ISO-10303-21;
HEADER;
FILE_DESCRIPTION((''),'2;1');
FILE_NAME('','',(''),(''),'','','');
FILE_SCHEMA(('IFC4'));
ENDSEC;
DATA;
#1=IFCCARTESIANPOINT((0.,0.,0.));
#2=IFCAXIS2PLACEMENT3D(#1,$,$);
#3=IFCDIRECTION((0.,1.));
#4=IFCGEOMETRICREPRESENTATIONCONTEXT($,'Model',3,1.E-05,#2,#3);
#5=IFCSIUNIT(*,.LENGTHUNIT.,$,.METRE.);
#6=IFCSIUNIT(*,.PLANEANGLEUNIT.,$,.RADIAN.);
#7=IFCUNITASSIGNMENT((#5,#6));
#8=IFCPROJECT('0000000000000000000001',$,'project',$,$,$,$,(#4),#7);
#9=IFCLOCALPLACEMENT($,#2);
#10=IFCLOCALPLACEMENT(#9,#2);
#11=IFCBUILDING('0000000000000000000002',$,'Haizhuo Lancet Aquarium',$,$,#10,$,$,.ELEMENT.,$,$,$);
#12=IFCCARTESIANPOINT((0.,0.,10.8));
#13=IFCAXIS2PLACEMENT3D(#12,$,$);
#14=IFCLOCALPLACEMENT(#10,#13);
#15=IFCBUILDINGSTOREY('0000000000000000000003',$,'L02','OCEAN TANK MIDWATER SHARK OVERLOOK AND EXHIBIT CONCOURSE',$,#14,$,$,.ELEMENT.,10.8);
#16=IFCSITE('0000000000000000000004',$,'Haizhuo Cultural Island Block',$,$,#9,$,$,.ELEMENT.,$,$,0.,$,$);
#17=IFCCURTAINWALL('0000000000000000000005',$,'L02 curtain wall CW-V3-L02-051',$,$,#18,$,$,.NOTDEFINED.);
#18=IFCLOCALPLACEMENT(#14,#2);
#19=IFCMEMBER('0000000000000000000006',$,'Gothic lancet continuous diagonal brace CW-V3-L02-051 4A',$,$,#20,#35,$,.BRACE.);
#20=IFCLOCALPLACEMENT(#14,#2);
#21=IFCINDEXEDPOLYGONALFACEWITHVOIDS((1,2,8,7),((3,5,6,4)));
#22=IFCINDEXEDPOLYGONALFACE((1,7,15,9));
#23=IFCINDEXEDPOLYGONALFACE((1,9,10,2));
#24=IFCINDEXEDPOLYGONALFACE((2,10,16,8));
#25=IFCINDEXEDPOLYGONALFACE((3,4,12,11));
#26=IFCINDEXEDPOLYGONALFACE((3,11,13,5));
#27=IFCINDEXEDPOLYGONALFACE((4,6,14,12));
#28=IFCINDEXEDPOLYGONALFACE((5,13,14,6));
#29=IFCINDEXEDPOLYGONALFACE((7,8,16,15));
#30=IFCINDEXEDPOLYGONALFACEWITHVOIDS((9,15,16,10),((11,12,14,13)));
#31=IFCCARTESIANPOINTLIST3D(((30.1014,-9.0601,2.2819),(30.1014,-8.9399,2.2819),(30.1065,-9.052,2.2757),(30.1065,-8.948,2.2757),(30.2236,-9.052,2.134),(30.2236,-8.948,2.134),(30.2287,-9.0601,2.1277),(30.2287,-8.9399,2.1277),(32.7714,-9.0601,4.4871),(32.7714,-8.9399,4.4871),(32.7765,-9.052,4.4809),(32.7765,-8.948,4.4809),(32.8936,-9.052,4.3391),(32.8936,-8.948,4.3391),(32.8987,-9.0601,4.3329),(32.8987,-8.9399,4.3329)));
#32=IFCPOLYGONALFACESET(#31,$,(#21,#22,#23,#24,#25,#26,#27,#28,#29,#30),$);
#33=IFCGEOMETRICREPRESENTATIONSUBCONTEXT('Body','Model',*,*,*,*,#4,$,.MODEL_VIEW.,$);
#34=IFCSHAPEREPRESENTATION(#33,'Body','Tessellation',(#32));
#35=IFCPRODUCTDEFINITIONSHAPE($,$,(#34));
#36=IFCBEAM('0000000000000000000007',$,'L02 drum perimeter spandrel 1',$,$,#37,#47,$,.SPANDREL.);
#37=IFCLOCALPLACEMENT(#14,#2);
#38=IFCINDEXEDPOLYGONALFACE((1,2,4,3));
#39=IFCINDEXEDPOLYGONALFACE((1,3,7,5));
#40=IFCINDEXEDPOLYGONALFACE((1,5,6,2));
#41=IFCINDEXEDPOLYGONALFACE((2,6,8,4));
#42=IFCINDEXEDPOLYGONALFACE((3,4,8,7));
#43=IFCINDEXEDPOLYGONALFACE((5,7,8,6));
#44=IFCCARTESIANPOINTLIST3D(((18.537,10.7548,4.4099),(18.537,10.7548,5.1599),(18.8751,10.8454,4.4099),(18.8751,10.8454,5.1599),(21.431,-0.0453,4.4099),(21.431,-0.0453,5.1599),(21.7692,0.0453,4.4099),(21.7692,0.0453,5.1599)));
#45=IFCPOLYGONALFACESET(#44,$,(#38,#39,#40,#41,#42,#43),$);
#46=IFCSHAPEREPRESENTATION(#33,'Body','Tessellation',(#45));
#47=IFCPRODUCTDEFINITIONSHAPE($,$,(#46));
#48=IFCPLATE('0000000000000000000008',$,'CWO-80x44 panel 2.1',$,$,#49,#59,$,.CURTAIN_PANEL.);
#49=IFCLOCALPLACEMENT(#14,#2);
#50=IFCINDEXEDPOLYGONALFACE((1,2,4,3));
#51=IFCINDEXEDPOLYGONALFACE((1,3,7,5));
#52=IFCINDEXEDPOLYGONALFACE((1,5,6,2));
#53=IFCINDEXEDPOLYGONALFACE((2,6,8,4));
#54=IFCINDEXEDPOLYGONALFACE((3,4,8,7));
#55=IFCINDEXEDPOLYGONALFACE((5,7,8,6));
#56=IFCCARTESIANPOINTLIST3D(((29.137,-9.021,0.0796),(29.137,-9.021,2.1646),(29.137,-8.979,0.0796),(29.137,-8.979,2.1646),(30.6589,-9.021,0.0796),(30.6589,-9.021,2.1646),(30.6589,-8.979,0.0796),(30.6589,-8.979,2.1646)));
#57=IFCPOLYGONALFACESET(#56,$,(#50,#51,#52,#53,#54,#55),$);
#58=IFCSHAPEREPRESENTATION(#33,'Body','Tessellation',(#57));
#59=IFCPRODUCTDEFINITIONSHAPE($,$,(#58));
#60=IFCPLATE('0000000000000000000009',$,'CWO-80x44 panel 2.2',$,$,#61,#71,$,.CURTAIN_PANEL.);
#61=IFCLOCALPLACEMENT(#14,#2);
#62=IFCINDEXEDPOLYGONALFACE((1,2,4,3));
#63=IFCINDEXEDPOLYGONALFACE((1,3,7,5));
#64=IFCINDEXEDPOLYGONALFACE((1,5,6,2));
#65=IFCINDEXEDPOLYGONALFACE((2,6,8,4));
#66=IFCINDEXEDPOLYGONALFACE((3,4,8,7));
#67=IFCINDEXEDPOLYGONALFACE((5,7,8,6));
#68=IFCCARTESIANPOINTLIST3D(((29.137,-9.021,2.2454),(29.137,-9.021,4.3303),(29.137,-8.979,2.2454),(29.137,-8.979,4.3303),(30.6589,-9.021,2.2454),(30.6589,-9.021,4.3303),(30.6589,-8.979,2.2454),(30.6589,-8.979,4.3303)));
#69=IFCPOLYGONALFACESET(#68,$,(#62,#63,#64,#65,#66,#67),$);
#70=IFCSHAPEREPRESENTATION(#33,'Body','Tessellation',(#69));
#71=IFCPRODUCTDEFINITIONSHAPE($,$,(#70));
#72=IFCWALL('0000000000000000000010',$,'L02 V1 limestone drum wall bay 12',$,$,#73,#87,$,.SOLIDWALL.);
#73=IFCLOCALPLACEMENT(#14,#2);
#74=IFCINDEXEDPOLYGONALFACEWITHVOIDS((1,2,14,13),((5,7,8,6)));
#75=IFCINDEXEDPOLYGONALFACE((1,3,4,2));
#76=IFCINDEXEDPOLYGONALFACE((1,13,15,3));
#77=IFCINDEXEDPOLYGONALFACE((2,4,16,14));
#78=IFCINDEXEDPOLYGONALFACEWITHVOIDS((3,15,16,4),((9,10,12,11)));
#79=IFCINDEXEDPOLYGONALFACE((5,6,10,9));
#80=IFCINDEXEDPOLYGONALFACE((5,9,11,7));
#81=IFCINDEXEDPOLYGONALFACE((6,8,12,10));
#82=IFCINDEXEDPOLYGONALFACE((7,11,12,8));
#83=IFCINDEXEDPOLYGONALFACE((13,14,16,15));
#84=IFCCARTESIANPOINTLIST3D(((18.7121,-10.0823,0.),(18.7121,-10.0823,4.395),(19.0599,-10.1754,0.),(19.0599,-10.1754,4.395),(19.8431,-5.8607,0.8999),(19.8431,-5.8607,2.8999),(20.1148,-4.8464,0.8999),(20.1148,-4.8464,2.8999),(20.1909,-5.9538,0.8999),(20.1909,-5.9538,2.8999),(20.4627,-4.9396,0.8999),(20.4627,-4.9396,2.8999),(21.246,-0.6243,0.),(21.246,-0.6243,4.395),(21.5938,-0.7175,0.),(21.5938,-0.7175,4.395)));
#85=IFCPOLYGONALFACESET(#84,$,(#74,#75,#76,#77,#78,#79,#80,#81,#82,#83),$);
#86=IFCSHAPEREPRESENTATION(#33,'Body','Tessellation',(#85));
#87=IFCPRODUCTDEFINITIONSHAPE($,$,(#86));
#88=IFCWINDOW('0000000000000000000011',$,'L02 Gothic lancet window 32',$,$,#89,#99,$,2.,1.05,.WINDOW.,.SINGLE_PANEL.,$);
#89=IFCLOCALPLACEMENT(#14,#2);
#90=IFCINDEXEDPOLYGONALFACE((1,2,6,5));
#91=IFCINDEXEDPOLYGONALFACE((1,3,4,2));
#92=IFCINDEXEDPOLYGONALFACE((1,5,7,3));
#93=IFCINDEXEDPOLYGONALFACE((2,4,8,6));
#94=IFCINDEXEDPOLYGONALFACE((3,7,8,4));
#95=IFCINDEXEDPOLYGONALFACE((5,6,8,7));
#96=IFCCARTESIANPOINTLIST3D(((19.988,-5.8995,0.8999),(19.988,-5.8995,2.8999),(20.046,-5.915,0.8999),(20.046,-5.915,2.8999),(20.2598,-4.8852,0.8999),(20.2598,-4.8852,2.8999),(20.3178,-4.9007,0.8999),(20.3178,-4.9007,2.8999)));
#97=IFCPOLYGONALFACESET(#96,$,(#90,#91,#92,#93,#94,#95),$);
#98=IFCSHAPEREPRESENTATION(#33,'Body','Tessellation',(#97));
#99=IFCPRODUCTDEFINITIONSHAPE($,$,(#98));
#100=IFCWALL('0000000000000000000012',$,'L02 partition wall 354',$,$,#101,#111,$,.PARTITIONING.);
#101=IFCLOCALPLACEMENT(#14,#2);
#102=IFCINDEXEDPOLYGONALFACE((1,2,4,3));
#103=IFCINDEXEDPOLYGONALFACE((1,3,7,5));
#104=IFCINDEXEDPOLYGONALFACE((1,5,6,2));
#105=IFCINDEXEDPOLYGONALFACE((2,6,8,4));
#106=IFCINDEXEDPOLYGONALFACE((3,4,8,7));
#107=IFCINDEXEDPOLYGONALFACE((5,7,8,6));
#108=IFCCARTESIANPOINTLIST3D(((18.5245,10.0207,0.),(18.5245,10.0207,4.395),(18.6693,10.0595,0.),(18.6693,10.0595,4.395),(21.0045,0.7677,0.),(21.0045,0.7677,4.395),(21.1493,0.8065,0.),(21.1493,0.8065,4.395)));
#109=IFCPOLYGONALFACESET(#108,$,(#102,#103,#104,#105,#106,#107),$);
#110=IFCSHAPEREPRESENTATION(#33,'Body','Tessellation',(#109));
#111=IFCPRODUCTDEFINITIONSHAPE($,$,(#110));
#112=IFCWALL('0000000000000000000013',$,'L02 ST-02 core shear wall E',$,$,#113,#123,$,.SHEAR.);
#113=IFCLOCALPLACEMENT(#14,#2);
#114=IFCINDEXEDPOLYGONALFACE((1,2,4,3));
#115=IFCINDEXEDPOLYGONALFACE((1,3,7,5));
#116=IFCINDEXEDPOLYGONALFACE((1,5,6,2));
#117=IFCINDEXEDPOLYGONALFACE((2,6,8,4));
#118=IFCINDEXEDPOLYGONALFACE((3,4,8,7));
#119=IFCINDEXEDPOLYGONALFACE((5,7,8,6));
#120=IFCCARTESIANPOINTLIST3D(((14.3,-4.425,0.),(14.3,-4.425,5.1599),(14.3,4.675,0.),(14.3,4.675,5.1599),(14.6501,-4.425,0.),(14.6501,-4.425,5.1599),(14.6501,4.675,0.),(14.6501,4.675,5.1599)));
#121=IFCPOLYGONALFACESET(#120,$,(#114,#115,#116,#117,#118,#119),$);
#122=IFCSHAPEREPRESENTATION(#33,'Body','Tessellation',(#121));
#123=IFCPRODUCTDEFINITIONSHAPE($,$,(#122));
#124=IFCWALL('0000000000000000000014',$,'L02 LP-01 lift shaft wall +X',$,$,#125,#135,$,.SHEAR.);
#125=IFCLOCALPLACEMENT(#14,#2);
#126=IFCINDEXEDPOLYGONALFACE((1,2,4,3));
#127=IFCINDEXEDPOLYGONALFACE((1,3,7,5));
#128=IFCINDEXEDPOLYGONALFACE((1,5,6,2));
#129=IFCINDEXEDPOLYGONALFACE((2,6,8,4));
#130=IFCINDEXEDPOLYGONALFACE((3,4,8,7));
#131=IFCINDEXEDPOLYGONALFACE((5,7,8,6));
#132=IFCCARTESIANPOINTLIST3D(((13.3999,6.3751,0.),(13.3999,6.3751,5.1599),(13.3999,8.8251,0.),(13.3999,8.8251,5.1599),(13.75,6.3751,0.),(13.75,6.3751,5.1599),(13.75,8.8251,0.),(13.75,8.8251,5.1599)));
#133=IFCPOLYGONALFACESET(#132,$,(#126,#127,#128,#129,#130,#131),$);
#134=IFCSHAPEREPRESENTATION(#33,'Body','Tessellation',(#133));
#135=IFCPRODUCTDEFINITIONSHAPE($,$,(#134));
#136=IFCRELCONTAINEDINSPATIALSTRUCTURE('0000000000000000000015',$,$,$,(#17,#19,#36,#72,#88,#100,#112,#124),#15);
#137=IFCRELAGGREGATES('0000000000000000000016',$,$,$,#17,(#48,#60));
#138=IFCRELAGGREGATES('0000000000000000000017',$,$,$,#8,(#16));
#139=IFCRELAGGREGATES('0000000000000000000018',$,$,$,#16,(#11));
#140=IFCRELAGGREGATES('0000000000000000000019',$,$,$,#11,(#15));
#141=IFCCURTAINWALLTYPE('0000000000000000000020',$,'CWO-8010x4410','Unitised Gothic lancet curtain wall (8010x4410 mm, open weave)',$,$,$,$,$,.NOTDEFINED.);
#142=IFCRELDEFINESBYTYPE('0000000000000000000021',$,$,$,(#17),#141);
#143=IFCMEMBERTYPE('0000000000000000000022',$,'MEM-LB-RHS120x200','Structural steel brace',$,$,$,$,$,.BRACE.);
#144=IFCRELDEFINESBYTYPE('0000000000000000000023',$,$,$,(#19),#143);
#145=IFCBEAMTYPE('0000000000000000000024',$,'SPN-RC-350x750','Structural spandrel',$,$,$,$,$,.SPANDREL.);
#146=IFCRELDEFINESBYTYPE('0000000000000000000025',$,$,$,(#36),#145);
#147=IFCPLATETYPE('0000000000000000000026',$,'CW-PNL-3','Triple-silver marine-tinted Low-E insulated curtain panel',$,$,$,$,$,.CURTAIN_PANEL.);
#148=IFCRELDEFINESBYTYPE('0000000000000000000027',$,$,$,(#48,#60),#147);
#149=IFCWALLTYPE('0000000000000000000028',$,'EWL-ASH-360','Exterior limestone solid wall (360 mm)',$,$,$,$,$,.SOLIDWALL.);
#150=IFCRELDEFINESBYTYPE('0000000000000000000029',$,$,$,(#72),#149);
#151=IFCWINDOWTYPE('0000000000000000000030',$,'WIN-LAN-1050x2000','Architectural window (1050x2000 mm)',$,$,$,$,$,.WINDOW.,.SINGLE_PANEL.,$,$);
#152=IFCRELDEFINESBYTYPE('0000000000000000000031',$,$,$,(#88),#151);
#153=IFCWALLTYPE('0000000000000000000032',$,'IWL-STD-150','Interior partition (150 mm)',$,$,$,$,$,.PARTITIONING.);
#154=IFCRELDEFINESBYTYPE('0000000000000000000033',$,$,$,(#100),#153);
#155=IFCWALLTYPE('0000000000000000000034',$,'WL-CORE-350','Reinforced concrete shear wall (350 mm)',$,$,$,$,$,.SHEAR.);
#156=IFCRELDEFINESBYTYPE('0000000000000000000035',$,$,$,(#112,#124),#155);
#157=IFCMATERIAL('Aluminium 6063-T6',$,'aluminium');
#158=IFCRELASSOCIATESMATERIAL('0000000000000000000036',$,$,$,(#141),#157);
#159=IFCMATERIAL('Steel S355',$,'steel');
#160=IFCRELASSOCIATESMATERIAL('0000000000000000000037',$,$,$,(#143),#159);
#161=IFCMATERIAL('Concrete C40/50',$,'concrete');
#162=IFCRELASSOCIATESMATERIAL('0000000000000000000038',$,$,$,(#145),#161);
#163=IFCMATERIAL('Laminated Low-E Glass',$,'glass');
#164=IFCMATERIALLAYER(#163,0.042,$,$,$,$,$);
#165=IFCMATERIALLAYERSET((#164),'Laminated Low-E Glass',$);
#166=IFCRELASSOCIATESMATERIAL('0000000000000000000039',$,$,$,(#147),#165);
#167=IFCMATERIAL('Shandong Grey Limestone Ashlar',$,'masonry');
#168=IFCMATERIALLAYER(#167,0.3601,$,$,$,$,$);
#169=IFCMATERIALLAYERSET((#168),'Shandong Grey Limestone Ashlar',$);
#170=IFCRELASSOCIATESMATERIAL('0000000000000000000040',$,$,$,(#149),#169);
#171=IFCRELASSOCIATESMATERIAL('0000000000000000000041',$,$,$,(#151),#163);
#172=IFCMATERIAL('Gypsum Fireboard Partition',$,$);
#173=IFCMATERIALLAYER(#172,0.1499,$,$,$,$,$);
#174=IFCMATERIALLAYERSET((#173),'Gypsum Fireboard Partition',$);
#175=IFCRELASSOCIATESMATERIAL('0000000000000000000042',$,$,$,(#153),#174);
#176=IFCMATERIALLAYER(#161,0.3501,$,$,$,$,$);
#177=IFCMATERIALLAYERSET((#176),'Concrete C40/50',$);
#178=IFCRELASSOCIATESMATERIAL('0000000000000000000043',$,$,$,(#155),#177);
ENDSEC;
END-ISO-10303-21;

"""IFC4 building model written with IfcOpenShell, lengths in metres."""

from ifc_helpers import new_model, si_unit, direction, frame, frame_2d, origin, origin_2d, place, context, subcontext, project, spatial, rectangle, hollow_rectangle, extrude, material, layer, layer_set, material_profile, profile_set, type_object, element, fill, aggregate, save


model = new_model("IFC4")

# Units and contexts
model_context = context("Model", 3, precision=1e-05, world=origin(), true_north=direction((0.0, 1.0)))
body_context = subcontext(model_context, "Body", "Model", "MODEL_VIEW")
ifc_project = project(units=[si_unit("LENGTHUNIT", "METRE"), si_unit("PLANEANGLEUNIT", "RADIAN")], contexts=[model_context])

# Site, building, storey
site_placement = place(None, origin())
site = spatial("IfcSite", under=ifc_project, at=site_placement, Name="Haizhuo Cultural Island Block", CompositionType="ELEMENT", RefElevation=0.0)
building_placement = place(site_placement, origin())
building = spatial("IfcBuilding", under=site, at=building_placement, Name="Haizhuo Lancet Aquarium", CompositionType="ELEMENT")
storey_placement = place(building_placement, frame((0.0, 0.0, 10.8)))
storey = spatial("IfcBuildingStorey", under=building, at=storey_placement, Name="L02", Description="OCEAN TANK MIDWATER SHARK OVERLOOK AND EXHIBIT CONCOURSE", CompositionType="ELEMENT", Elevation=10.8)

# Curtain wall
ifc_material_1 = material(Name="Aluminium 6063-T6", Category="aluminium")
curtain_wall_type = type_object("IfcCurtainWallType", Name="CWO-8010x4410", Description="Unitised Gothic lancet curtain wall (8010x4410 mm, open weave)", PredefinedType="NOTDEFINED", material=ifc_material_1)
curtain_wall_placement = place(storey_placement, origin())
curtain_wall = element("IfcCurtainWall", 1, at=curtain_wall_placement, inside=storey, type_object=curtain_wall_type, Name="L02 curtain wall CW-V3-L02-051", PredefinedType="NOTDEFINED")

# Member
ifc_material_2 = material(Name="Steel S355", Category="steel")
ifc_material_profile_1 = material_profile(ifc_material_2, hollow_rectangle(XDim=0.1201, YDim=0.2, WallThickness=0.0081, at=origin_2d()), Name="RHS 120x200x8")
ifc_profile_set_1 = profile_set([ifc_material_profile_1], Name="Steel S355")
member_type_1 = type_object("IfcMemberType", Name="MEM-LB-RHS120x200", Description="Structural steel brace", PredefinedType="BRACE", material=ifc_profile_set_1)
member_1_placement = place(storey_placement, frame((30.165, -9.0, 2.2048), z_axis=(0.771034, 0.0, 0.636794), x_axis=(0.0, 1.0, 0.0)))
element("IfcMember", 2, at=member_1_placement, inside=storey, type_object=member_type_1, Name="Gothic lancet continuous diagonal brace CW-V3-L02-051 4A", PredefinedType="BRACE", context=body_context, shape_type="SweptSolid", body=[
    extrude(hollow_rectangle(XDim=0.1201, YDim=0.2, WallThickness=0.0081, at=origin_2d()), origin(), (0.0, 0.0, 1.0), 3.4629),
])

# Beam
ifc_material_3 = material(Name="Concrete C40/50", Category="concrete")
ifc_material_profile_2 = material_profile(ifc_material_3, rectangle(XDim=0.3501, YDim=0.75, at=origin_2d()), Name="RC-SP 350x750")
ifc_profile_set_2 = profile_set([ifc_material_profile_2], Name="Concrete C40/50")
beam_type = type_object("IfcBeamType", Name="SPN-RC-350x750", Description="Structural spandrel", PredefinedType="SPANDREL", material=ifc_profile_set_2)
beam_placement = place(storey_placement, frame((21.6001, 0.0, 4.7849), z_axis=(-0.258834, 0.965922, 0.0), x_axis=(-0.965922, -0.258834, 0.0)))
element("IfcBeam", 3, at=beam_placement, inside=storey, type_object=beam_type, Name="L02 drum perimeter spandrel 1", PredefinedType="SPANDREL", context=body_context, shape_type="SweptSolid", body=[
    extrude(rectangle(XDim=0.3501, YDim=0.75, at=origin_2d()), origin(), (0.0, 0.0, 1.0), 11.1812),
])

# Plates
ifc_material_4 = material(Name="Laminated Low-E Glass", Category="glass")
ifc_layer_1 = layer(ifc_material_4, 0.042)
ifc_layer_set_1 = layer_set([ifc_layer_1], Name="Laminated Low-E Glass")
plate_type = type_object("IfcPlateType", Name="CW-PNL-3", Description="Triple-silver marine-tinted Low-E insulated curtain panel", PredefinedType="CURTAIN_PANEL", material=ifc_layer_set_1)
plate_1_placement = place(storey_placement, frame((29.8979, -9.0, 0.0796), z_axis=(0.0, 0.0, 1.0), x_axis=(1.0, 0.0, 0.0)))
plate_1 = element("IfcPlate", 4, at=plate_1_placement, type_object=plate_type, Name="CWO-80x44 panel 2.1", PredefinedType="CURTAIN_PANEL", context=body_context, shape_type="SweptSolid", body=[
    extrude(rectangle(XDim=1.522, YDim=0.042, at=origin_2d()), origin(), (0.0, 0.0, 1.0), 2.085),
])
plate_2_placement = place(storey_placement, frame((29.8979, -9.0, 2.2454), z_axis=(0.0, 0.0, 1.0), x_axis=(1.0, 0.0, 0.0)))
plate_2 = element("IfcPlate", 5, at=plate_2_placement, type_object=plate_type, Name="CWO-80x44 panel 2.2", PredefinedType="CURTAIN_PANEL", context=body_context, shape_type="SweptSolid", body=[
    extrude(rectangle(XDim=1.522, YDim=0.042, at=origin_2d()), origin(), (0.0, 0.0, 1.0), 2.085),
])
aggregate(curtain_wall, [plate_1, plate_2])

# Wall, opening, window
ifc_material_5 = material(Name="Shandong Grey Limestone Ashlar", Category="masonry")
ifc_layer_2 = layer(ifc_material_5, 0.3601)
ifc_layer_set_2 = layer_set([ifc_layer_2], Name="Shandong Grey Limestone Ashlar")
wall_type_1 = type_object("IfcWallType", Name="EWL-ASH-360", Description="Exterior limestone solid wall (360 mm)", PredefinedType="SOLIDWALL", material=ifc_layer_set_2)
wall_1_placement = place(storey_placement, frame((21.4199, -0.6709, 0.0), z_axis=(0.0, 0.0, 1.0), x_axis=(-0.258788, -0.965934, 0.0)))
wall_1 = element("IfcWall", 6, at=wall_1_placement, inside=storey, type_object=wall_type_1, Name="L02 V1 limestone drum wall bay 12", PredefinedType="SOLIDWALL", context=body_context, shape_type="SweptSolid", body=[
    extrude(rectangle(XDim=9.7915, YDim=0.3601, at=frame_2d((4.8958, 0.0))), origin(), (0.0, 0.0, 1.0), 4.395),
])
opening_placement = place(wall_1_placement, frame((4.3711, 0.0, 0.8999)))
opening = element("IfcOpeningElement", 7, at=opening_placement, cuts=wall_1, PredefinedType="OPENING", context=body_context, shape_type="SweptSolid", body=[
    extrude(rectangle(XDim=1.05, YDim=2.0, at=frame_2d((0.5249, 1.0))), frame((0.0, 0.1899, 0.0), z_axis=(0.0, -1.0, 0.0), x_axis=(1.0, 0.0, 0.0)), (0.0, 0.0, 1.0), 0.3801),
])
window_type = type_object("IfcWindowType", Name="WIN-LAN-1050x2000", Description="Architectural window (1050x2000 mm)", PartitioningType="SINGLE_PANEL", PredefinedType="WINDOW", material=ifc_material_4)
window_placement = place(opening_placement, origin())
window = element("IfcWindow", 8, at=window_placement, inside=storey, type_object=window_type, Name="L02 Gothic lancet window 32", OverallHeight=2.0, OverallWidth=1.05, PartitioningType="SINGLE_PANEL", PredefinedType="WINDOW", context=body_context, shape_type="SweptSolid", body=[
    extrude(rectangle(XDim=1.05, YDim=2.0, at=frame_2d((0.5249, 1.0))), frame((0.0, 0.03, 0.0), z_axis=(0.0, -1.0, 0.0), x_axis=(1.0, 0.0, 0.0)), (0.0, 0.0, 1.0), 0.0601),
])
fill(opening, window)

# Walls
ifc_material_6 = material(Name="Gypsum Fireboard Partition")
ifc_layer_3 = layer(ifc_material_6, 0.1499)
ifc_layer_set_3 = layer_set([ifc_layer_3], Name="Gypsum Fireboard Partition")
wall_type_2 = type_object("IfcWallType", Name="IWL-STD-150", Description="Interior partition (150 mm)", PredefinedType="PARTITIONING", material=ifc_layer_set_3)
wall_2_placement = place(storey_placement, frame((21.0769, 0.7871, 0.0), z_axis=(0.0, 0.0, 1.0), x_axis=(-0.258884, 0.965908, 0.0)))
element("IfcWall", 9, at=wall_2_placement, inside=storey, type_object=wall_type_2, Name="L02 partition wall 354", PredefinedType="PARTITIONING", context=body_context, shape_type="SweptSolid", body=[
    extrude(rectangle(XDim=9.5796, YDim=0.1499, at=frame_2d((4.7898, 0.0))), origin(), (0.0, 0.0, 1.0), 4.395),
])
ifc_layer_4 = layer(ifc_material_3, 0.3501)
ifc_layer_set_4 = layer_set([ifc_layer_4], Name="Concrete C40/50")
wall_type_3 = type_object("IfcWallType", Name="WL-CORE-350", Description="Reinforced concrete shear wall (350 mm)", PredefinedType="SHEAR", material=ifc_layer_set_4)
wall_3_placement = place(storey_placement, frame((14.4751, -4.425, 0.0), z_axis=(0.0, 0.0, 1.0), x_axis=(0.0, 1.0, 0.0)))
element("IfcWall", 10, at=wall_3_placement, inside=storey, type_object=wall_type_3, Name="L02 ST-02 core shear wall E", PredefinedType="SHEAR", context=body_context, shape_type="SweptSolid", body=[
    extrude(rectangle(XDim=9.1001, YDim=0.3501, at=frame_2d((4.55, 0.0))), origin(), (0.0, 0.0, 1.0), 5.1599),
])
wall_4_placement = place(storey_placement, frame((13.575, 6.375, 0.0), z_axis=(0.0, 0.0, 1.0), x_axis=(0.0, 1.0, 0.0)))
element("IfcWall", 11, at=wall_4_placement, inside=storey, type_object=wall_type_3, Name="L02 LP-01 lift shaft wall +X", PredefinedType="SHEAR", context=body_context, shape_type="SweptSolid", body=[
    extrude(rectangle(XDim=2.45, YDim=0.3501, at=frame_2d((1.2251, 0.0))), origin(), (0.0, 0.0, 1.0), 5.1599),
])

save(model, "model.ifc")
